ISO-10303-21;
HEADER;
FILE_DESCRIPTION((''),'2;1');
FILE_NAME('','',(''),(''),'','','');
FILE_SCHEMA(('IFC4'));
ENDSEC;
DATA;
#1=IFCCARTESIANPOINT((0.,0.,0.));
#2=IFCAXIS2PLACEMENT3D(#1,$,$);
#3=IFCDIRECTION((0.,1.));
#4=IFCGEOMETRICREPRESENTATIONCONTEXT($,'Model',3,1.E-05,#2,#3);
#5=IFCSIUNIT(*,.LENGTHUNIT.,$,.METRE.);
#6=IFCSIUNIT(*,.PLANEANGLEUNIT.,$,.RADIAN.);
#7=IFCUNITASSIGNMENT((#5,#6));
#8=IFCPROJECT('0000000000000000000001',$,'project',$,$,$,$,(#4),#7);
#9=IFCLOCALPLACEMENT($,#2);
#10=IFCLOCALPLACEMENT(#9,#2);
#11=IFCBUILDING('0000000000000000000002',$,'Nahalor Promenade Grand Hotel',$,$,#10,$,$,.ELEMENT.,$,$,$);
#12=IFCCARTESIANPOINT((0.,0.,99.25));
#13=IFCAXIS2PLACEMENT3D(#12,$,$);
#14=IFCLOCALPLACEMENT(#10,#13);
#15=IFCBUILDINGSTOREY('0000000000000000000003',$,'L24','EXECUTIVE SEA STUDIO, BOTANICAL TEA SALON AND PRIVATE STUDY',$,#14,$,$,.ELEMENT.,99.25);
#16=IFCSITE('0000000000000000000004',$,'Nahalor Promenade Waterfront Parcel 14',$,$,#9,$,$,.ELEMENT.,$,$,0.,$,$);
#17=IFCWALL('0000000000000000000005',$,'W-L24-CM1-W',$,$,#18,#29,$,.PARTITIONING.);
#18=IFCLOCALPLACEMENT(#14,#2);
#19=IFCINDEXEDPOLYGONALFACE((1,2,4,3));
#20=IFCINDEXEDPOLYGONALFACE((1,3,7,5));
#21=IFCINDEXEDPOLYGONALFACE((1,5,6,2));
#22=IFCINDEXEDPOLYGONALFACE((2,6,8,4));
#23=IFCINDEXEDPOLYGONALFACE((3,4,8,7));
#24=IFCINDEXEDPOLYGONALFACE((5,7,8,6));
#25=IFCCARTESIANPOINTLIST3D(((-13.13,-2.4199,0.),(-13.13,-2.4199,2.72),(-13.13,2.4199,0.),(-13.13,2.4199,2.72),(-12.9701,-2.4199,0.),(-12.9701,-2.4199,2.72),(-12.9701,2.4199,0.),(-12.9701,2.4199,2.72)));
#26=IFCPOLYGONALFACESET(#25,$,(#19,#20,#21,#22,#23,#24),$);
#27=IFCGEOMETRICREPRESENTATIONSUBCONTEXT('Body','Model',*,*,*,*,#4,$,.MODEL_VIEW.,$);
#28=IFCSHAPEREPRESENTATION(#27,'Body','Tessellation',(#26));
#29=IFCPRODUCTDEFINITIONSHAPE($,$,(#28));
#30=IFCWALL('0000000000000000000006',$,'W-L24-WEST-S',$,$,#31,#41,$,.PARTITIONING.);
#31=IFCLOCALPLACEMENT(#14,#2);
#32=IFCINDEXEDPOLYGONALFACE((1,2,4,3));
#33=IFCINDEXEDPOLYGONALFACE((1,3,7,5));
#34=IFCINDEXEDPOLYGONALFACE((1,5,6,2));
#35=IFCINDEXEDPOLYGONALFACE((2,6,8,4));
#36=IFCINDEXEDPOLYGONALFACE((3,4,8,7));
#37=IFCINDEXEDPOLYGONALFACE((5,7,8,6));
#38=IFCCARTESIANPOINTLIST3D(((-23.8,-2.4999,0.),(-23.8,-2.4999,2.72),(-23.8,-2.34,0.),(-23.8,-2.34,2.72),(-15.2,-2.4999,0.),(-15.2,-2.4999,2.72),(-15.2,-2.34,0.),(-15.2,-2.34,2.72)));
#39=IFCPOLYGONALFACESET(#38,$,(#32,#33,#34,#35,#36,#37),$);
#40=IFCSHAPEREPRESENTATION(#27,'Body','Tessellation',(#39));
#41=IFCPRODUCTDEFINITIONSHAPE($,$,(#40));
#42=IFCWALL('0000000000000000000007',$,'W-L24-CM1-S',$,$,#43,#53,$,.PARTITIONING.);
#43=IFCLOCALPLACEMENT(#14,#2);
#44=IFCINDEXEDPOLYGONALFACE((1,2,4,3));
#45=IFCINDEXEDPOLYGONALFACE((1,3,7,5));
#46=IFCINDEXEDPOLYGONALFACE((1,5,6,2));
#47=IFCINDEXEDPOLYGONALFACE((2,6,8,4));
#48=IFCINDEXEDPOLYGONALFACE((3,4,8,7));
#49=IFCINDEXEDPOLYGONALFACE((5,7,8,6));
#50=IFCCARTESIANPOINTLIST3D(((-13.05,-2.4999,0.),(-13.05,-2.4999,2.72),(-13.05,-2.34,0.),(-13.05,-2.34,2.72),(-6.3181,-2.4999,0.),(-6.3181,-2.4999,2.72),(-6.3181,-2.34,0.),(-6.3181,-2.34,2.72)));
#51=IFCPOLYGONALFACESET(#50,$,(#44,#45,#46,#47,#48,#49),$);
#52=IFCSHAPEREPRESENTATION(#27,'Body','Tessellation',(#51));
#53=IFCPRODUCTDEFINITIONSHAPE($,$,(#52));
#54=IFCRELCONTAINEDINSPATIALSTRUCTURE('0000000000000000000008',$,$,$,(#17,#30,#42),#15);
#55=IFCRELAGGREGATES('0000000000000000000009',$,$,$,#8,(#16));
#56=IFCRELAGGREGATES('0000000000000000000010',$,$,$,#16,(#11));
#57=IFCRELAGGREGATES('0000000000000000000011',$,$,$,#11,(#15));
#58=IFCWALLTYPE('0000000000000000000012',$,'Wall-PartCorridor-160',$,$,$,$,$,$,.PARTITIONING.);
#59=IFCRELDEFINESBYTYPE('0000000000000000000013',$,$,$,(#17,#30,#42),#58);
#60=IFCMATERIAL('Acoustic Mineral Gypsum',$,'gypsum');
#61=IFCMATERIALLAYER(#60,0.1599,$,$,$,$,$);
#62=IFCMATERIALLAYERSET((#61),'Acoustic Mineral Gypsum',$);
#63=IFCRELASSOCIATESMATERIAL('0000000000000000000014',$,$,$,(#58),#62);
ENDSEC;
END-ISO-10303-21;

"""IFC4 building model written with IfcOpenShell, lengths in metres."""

from ifc_helpers import new_model, si_unit, direction, frame, frame_2d, origin, place, context, subcontext, project, spatial, rectangle, extrude, source, transform, mapped, material, layer, layer_set, type_object, element, save


model = new_model("IFC4")

# Units and contexts
model_context = context("Model", 3, precision=1e-05, world=origin(), true_north=direction((0.0, 1.0)))
body_context = subcontext(model_context, "Body", "Model", "MODEL_VIEW")
ifc_project = project(units=[si_unit("LENGTHUNIT", "METRE"), si_unit("PLANEANGLEUNIT", "RADIAN")], contexts=[model_context])

# Site, building, storey
site_placement = place(None, origin())
site = spatial("IfcSite", under=ifc_project, at=site_placement, Name="Nahalor Promenade Waterfront Parcel 14", CompositionType="ELEMENT", RefElevation=0.0)
building_placement = place(site_placement, origin())
building = spatial("IfcBuilding", under=site, at=building_placement, Name="Nahalor Promenade Grand Hotel", CompositionType="ELEMENT")
storey_placement = place(building_placement, frame((0.0, 0.0, 99.25)))
storey = spatial("IfcBuildingStorey", under=building, at=storey_placement, Name="L24", Description="EXECUTIVE SEA STUDIO, BOTANICAL TEA SALON AND PRIVATE STUDY", CompositionType="ELEMENT", Elevation=99.25)

# Shared definitions
ifc_material_1 = material(Name="Acoustic Mineral Gypsum", Category="gypsum")
ifc_layer_1 = layer(ifc_material_1, 0.1599)
ifc_layer_set_1 = layer_set([ifc_layer_1], Name="Acoustic Mineral Gypsum")
wall_type = type_object("IfcWallType", Name="Wall-PartCorridor-160", PredefinedType="PARTITIONING", material=ifc_layer_set_1)

# Walls
shared_shape_1 = source(origin(), body_context, "Body", "SweptSolid", [
    extrude(rectangle(XDim=4.8398, YDim=0.1599, at=frame_2d((2.4199, 0.0))), origin(), (0.0, 0.0, 1.0), 2.72),
])
for number, where, z_axis, x_axis, name in (
    (1, (-13.05, -2.4199, 0.0), (0.0, 0.0, 1.0), (0.0, 1.0, 0.0), "W-L24-CM1-W"),
):
    element("IfcWall", number, at=place(storey_placement, frame(where, z_axis=z_axis, x_axis=x_axis)), inside=storey, type_object=wall_type, Name=name, PredefinedType="PARTITIONING", context=body_context, shape_type="MappedRepresentation", body=[
        mapped(shared_shape_1, transform((0.0, 0.0, 0.0), scale=1.0)),
    ])
shared_shape_2 = source(origin(), body_context, "Body", "SweptSolid", [
    extrude(rectangle(XDim=8.6001, YDim=0.1599, at=frame_2d((4.3, 0.0))), origin(), (0.0, 0.0, 1.0), 2.72),
])
wall_1_placement = place(storey_placement, frame((-23.8, -2.4199, 0.0), z_axis=(0.0, 0.0, 1.0), x_axis=(1.0, 0.0, 0.0)))
element("IfcWall", 2, at=wall_1_placement, inside=storey, type_object=wall_type, Name="W-L24-WEST-S", PredefinedType="PARTITIONING", context=body_context, shape_type="MappedRepresentation", body=[
    mapped(shared_shape_2, transform((0.0, 0.0, 0.0), scale=1.0)),
])
shared_shape_3 = source(origin(), body_context, "Body", "SweptSolid", [
    extrude(rectangle(XDim=6.7319, YDim=0.1599, at=frame_2d((3.366, 0.0))), origin(), (0.0, 0.0, 1.0), 2.72),
])
wall_2_placement = place(storey_placement, frame((-13.05, -2.4199, 0.0), z_axis=(0.0, 0.0, 1.0), x_axis=(1.0, 0.0, 0.0)))
element("IfcWall", 3, at=wall_2_placement, inside=storey, type_object=wall_type, Name="W-L24-CM1-S", PredefinedType="PARTITIONING", context=body_context, shape_type="MappedRepresentation", body=[
    mapped(shared_shape_3, transform((0.0, 0.0, 0.0), scale=1.0)),
])

save(model, "model.ifc")
